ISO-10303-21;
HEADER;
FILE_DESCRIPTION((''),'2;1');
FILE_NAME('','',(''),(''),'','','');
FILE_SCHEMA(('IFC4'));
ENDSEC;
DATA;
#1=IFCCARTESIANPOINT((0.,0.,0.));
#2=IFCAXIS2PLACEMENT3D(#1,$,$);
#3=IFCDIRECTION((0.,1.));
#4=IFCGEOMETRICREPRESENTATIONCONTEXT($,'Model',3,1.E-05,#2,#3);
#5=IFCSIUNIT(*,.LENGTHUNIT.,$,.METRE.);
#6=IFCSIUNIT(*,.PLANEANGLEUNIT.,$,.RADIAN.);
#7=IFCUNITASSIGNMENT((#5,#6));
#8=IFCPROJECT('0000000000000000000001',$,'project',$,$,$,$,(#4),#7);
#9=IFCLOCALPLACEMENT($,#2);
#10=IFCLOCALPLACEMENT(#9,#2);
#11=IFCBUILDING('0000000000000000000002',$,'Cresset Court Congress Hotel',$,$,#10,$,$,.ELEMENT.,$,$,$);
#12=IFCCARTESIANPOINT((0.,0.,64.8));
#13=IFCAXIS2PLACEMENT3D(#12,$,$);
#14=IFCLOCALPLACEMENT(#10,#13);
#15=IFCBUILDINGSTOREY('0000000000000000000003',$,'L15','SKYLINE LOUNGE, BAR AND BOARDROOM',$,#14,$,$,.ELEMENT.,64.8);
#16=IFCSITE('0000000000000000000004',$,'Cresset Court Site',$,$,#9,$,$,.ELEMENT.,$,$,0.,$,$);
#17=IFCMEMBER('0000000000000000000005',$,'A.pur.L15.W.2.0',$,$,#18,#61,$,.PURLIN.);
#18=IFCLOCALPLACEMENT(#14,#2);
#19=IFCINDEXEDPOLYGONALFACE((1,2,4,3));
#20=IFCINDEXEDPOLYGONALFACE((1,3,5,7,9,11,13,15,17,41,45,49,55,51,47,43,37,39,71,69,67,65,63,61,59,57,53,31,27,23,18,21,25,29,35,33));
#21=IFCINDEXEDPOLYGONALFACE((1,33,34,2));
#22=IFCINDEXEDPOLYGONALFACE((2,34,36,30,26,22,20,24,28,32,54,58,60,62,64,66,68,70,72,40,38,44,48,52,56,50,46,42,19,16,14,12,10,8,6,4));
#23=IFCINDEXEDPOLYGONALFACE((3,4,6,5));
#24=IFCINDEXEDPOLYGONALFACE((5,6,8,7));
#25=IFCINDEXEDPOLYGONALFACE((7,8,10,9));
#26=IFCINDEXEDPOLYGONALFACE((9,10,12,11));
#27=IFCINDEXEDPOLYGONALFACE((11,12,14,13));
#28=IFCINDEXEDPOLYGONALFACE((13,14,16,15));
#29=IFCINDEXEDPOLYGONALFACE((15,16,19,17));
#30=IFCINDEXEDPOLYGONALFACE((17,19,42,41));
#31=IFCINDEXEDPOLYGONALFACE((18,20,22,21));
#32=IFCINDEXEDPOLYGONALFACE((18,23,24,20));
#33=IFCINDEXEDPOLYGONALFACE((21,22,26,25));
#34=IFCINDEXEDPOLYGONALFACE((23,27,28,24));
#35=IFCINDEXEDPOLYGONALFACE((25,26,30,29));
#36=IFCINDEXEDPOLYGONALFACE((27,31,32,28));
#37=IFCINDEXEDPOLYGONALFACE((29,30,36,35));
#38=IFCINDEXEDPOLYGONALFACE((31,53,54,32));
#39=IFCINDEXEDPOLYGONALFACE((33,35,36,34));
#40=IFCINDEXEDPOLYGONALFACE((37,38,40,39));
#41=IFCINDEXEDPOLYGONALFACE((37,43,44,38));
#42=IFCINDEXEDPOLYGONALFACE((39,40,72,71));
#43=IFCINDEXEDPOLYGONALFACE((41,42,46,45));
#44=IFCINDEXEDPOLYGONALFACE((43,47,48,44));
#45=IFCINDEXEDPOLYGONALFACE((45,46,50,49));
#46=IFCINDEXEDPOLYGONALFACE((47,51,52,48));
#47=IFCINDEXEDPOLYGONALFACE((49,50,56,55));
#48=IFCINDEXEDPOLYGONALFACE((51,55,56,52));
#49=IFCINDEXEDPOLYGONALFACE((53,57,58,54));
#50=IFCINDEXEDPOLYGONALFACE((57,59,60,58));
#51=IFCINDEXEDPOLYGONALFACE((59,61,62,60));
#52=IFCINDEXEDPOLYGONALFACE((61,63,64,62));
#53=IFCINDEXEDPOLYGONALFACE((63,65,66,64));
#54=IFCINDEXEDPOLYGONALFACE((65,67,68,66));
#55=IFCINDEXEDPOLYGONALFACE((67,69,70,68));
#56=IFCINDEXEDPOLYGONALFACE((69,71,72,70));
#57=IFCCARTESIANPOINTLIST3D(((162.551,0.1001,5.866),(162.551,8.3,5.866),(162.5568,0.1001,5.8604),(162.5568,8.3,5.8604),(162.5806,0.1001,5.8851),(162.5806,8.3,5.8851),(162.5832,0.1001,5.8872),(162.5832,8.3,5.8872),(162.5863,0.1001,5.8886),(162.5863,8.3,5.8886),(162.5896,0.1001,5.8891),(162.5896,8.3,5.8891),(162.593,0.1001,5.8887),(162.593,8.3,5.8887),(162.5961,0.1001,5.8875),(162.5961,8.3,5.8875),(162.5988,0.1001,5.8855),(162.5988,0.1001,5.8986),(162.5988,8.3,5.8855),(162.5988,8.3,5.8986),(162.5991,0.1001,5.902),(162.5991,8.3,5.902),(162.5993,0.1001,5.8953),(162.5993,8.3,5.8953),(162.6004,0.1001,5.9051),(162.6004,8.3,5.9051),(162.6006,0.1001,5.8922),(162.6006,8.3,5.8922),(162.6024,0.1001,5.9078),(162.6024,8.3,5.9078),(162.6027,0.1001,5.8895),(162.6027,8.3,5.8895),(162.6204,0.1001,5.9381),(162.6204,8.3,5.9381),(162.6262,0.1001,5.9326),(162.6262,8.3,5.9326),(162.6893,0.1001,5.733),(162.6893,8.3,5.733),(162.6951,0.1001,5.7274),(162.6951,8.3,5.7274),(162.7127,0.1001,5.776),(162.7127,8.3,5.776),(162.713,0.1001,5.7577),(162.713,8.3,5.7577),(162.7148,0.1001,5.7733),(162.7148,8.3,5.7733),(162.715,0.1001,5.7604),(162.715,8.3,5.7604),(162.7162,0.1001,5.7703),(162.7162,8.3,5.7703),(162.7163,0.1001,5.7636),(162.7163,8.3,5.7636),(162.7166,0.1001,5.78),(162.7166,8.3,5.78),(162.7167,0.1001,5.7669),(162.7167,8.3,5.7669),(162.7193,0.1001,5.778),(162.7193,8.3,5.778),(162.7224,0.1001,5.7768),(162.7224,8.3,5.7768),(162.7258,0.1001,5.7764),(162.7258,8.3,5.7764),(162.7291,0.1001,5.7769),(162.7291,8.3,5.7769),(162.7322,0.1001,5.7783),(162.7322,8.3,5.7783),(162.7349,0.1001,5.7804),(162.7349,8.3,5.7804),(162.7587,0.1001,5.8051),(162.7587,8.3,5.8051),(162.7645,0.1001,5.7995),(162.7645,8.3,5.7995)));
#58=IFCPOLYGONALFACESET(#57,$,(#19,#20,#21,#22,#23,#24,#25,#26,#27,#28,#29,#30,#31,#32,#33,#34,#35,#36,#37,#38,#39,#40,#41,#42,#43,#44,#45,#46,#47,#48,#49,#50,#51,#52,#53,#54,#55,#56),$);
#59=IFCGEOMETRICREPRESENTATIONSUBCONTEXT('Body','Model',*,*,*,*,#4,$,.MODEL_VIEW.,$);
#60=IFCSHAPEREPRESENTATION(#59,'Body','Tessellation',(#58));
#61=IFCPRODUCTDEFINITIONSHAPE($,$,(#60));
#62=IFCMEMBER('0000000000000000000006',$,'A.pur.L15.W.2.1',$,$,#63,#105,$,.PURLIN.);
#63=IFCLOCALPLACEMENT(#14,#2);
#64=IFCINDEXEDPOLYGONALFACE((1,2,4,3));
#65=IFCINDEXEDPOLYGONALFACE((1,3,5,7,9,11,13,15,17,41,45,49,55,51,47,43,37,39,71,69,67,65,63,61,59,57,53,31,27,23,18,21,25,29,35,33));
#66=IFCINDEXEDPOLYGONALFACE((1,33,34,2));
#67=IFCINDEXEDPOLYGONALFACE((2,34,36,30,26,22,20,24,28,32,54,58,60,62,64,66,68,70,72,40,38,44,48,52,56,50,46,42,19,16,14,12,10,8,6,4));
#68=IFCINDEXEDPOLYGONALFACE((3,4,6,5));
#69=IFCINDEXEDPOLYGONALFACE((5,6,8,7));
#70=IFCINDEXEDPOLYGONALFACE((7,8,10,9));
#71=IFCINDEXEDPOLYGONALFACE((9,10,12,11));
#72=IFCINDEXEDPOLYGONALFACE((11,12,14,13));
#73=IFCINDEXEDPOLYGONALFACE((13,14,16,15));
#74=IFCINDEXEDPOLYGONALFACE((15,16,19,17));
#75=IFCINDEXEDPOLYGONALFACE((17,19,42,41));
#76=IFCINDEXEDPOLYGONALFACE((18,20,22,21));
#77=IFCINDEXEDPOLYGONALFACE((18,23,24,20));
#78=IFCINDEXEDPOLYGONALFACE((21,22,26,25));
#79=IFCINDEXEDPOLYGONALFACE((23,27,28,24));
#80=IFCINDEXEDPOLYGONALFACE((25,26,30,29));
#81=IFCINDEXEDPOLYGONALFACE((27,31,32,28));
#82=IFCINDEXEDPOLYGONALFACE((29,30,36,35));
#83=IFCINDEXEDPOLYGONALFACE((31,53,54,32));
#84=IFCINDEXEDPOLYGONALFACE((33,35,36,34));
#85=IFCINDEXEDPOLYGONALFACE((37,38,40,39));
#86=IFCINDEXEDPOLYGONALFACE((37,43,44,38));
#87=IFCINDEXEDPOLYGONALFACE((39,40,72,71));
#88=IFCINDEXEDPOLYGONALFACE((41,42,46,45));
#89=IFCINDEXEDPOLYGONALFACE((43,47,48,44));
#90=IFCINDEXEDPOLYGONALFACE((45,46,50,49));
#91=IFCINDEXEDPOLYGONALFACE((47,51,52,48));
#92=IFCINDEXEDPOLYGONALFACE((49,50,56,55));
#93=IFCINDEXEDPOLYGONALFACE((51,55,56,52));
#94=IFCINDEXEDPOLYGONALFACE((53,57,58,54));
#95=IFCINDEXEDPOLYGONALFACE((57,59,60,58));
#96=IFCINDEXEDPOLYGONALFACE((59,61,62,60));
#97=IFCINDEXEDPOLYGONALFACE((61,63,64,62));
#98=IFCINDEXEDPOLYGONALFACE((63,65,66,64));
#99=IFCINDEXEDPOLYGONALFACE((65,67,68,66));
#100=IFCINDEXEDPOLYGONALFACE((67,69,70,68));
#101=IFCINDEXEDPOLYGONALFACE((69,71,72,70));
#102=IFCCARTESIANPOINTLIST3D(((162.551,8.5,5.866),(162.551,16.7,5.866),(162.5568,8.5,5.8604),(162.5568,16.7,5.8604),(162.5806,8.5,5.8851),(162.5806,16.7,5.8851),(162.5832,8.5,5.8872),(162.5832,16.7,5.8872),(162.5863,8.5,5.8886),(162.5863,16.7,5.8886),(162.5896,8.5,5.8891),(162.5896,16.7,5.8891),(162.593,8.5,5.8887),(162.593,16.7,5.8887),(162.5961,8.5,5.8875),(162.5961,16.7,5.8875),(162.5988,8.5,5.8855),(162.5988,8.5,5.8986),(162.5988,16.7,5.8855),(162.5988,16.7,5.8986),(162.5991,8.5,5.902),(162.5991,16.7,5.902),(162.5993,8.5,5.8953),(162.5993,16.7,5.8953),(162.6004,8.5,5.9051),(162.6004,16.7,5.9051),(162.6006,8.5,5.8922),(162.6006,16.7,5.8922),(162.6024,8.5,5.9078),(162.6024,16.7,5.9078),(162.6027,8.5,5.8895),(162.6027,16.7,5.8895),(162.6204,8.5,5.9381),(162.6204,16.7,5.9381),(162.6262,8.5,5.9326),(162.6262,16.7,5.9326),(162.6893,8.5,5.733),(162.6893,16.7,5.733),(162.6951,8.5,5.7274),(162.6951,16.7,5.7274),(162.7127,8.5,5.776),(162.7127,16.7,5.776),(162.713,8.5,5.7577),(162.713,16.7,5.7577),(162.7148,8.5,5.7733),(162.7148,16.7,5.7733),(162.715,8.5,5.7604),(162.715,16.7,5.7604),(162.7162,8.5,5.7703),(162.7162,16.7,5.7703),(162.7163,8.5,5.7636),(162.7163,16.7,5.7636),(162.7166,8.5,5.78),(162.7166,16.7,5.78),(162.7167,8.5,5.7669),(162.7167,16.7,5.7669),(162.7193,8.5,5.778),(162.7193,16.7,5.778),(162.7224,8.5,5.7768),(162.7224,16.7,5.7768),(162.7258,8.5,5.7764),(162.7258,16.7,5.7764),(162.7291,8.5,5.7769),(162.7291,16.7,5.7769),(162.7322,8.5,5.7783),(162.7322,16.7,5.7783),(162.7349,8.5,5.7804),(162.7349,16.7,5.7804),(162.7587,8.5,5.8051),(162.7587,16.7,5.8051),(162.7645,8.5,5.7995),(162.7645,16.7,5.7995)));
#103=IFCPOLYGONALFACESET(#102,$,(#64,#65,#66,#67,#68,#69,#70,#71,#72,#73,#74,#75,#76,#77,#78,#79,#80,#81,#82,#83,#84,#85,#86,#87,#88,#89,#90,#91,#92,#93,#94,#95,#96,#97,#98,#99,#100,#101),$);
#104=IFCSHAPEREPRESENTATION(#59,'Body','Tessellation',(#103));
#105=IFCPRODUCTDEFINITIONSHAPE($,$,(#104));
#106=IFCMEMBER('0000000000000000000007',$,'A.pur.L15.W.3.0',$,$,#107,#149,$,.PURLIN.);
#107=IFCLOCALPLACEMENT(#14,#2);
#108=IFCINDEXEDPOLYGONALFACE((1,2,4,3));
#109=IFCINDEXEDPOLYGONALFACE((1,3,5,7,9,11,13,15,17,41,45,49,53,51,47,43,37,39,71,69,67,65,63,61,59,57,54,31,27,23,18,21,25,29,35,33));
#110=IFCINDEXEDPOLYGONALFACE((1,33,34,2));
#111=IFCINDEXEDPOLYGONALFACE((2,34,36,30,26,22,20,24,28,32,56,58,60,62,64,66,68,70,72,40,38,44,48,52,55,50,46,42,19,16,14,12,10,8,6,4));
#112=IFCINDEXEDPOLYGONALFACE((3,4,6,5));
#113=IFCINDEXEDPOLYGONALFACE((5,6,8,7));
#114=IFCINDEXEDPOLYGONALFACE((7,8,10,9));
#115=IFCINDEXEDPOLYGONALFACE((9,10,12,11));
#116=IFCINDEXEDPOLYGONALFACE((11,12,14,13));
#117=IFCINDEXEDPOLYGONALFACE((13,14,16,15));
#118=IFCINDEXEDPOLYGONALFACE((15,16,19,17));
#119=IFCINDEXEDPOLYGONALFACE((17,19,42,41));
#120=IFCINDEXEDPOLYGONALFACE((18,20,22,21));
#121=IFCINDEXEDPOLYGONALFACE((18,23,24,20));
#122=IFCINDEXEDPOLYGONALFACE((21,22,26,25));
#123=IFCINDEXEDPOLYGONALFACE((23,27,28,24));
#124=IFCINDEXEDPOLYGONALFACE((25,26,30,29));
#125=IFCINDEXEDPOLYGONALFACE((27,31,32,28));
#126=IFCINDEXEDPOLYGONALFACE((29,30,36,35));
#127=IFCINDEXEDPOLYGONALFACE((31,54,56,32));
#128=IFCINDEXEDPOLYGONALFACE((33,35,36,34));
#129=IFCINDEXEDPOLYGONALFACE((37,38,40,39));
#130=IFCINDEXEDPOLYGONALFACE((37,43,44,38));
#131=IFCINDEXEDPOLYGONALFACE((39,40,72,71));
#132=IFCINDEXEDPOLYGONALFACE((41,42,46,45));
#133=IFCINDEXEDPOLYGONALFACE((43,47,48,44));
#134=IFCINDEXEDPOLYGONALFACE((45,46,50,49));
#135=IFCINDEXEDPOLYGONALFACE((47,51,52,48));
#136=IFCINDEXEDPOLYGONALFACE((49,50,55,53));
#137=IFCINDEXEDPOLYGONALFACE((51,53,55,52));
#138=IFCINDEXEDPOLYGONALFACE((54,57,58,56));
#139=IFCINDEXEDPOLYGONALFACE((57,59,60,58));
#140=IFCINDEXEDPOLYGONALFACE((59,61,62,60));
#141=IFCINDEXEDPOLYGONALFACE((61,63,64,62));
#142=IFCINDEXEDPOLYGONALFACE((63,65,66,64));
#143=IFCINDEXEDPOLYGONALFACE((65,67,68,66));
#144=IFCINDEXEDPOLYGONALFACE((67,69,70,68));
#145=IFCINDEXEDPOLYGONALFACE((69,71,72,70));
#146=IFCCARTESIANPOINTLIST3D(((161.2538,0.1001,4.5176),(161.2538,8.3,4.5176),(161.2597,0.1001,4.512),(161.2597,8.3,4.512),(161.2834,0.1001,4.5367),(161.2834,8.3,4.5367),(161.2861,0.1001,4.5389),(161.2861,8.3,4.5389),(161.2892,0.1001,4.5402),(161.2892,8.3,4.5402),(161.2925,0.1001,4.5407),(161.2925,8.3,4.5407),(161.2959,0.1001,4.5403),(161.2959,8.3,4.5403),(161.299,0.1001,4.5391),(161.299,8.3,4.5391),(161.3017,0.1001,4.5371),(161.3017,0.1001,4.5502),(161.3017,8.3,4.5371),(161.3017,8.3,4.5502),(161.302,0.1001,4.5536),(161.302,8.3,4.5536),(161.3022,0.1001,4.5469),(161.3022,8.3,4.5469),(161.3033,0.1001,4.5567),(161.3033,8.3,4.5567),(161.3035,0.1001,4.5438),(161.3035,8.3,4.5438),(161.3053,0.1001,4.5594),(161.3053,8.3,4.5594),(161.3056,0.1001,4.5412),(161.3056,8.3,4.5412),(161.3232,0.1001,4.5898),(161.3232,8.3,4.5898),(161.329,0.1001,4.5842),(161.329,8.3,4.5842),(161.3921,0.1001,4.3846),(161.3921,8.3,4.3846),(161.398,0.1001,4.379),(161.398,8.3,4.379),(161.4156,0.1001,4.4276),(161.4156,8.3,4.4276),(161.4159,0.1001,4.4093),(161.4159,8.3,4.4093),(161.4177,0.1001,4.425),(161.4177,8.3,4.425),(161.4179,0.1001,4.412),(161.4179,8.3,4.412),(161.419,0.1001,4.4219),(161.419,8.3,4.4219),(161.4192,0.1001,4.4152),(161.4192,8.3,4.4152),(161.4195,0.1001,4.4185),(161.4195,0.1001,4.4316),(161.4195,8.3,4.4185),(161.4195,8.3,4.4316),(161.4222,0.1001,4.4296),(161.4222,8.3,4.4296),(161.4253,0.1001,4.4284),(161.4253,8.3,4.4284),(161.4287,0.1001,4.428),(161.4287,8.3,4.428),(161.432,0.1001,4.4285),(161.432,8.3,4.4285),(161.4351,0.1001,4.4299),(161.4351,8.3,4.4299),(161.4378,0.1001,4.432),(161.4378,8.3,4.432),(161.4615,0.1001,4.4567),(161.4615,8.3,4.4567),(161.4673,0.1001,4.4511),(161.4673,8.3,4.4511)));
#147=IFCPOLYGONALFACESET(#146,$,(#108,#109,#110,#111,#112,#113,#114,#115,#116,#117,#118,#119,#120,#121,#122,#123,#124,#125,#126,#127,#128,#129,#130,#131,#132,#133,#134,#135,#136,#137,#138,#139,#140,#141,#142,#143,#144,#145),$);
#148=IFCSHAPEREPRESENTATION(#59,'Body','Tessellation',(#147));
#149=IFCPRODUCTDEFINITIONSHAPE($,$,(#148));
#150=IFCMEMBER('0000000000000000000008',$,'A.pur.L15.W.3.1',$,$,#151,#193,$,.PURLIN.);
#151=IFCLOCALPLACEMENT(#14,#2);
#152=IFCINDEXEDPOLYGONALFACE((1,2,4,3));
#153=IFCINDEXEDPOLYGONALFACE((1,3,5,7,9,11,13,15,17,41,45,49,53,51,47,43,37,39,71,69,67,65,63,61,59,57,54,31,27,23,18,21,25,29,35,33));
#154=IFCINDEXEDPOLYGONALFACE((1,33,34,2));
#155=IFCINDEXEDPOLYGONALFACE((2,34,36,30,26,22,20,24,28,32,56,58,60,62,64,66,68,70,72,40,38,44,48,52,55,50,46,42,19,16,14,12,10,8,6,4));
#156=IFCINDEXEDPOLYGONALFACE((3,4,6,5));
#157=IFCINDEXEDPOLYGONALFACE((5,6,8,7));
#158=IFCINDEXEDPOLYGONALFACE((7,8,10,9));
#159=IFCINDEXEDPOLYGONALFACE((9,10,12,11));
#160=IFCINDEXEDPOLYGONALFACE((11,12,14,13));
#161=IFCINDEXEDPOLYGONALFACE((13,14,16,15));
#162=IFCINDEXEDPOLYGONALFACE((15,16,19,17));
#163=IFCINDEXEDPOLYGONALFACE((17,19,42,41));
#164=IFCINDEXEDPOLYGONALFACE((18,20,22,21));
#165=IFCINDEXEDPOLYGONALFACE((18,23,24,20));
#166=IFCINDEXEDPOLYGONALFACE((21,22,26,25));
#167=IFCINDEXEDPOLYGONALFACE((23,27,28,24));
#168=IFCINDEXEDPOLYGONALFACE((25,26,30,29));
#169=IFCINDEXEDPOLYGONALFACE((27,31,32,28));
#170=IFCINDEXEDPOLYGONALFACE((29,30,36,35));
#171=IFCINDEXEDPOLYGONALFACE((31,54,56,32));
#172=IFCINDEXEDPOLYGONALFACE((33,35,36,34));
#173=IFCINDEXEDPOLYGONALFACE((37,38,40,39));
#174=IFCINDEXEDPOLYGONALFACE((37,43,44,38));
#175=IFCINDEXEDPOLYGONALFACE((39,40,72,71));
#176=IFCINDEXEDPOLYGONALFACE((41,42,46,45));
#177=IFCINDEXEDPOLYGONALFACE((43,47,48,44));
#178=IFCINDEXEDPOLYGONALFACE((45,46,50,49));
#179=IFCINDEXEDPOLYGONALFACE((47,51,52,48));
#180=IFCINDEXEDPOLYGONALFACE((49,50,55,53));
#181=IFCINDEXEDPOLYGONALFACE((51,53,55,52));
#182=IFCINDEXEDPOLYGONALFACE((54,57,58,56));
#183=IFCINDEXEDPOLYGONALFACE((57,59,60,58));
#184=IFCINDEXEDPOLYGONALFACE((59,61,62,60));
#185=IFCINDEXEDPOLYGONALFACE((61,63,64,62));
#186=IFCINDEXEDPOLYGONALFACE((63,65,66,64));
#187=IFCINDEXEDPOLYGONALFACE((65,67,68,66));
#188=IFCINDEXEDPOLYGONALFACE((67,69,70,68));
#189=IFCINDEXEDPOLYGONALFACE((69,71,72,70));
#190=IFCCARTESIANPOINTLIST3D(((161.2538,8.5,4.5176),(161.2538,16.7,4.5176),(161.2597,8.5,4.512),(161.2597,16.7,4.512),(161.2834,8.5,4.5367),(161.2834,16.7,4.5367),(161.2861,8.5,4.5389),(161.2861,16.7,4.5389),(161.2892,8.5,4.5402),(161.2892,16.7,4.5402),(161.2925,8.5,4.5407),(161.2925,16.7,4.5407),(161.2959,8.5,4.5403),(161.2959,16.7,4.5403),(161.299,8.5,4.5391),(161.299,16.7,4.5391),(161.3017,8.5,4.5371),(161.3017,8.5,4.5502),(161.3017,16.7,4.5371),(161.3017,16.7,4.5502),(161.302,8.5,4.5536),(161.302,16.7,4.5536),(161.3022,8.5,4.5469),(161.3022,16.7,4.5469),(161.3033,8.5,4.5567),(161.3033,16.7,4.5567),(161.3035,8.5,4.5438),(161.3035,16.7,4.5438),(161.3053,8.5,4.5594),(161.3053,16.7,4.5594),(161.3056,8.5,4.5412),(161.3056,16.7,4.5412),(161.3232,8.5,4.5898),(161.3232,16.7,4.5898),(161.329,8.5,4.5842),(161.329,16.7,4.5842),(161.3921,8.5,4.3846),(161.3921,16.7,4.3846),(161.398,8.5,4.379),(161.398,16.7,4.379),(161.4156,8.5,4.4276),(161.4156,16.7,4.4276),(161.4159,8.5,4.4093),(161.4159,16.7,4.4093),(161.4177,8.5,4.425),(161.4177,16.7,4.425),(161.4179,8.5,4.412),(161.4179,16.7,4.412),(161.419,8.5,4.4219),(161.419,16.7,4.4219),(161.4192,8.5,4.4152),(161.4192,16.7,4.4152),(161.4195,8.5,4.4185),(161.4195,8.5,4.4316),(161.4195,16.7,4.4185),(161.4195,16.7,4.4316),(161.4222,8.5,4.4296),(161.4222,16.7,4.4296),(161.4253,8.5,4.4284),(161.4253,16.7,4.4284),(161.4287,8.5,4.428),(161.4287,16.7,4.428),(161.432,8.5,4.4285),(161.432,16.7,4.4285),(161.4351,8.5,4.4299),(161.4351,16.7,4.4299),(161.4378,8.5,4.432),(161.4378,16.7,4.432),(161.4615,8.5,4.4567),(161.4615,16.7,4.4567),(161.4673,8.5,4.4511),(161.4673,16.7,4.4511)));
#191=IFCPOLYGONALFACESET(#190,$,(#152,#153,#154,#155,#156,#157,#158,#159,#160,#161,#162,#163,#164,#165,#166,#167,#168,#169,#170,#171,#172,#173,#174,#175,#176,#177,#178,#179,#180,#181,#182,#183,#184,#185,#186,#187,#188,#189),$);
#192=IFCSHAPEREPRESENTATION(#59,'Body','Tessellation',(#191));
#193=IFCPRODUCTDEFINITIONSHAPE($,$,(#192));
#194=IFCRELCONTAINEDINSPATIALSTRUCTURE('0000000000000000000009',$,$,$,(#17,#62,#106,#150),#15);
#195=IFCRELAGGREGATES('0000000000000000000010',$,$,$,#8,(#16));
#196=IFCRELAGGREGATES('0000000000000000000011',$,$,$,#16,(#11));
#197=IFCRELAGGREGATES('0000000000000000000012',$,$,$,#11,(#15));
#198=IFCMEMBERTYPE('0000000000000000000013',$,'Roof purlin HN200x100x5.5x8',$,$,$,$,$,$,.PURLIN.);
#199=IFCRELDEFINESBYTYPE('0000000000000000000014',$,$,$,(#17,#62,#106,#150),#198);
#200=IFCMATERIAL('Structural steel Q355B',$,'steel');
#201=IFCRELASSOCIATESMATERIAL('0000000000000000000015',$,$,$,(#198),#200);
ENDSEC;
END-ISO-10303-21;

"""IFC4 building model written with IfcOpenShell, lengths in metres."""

from ifc_helpers import new_model, si_unit, direction, frame, origin, origin_2d, place, context, subcontext, project, spatial, i_section, extrude, material, material_profile, profile_set, type_object, element, save


model = new_model("IFC4")

# Units and contexts
model_context = context("Model", 3, precision=1e-05, world=origin(), true_north=direction((0.0, 1.0)))
body_context = subcontext(model_context, "Body", "Model", "MODEL_VIEW")
ifc_project = project(units=[si_unit("LENGTHUNIT", "METRE"), si_unit("PLANEANGLEUNIT", "RADIAN")], contexts=[model_context])

# Site, building, storey
site_placement = place(None, origin())
site = spatial("IfcSite", under=ifc_project, at=site_placement, Name="Cresset Court Site", CompositionType="ELEMENT", RefElevation=0.0)
building_placement = place(site_placement, origin())
building = spatial("IfcBuilding", under=site, at=building_placement, Name="Cresset Court Congress Hotel", CompositionType="ELEMENT")
storey_placement = place(building_placement, frame((0.0, 0.0, 64.8)))
storey = spatial("IfcBuildingStorey", under=building, at=storey_placement, Name="L15", Description="SKYLINE LOUNGE, BAR AND BOARDROOM", CompositionType="ELEMENT", Elevation=64.8)

# Members
ifc_material_1 = material(Name="Structural steel Q355B", Category="steel")
ifc_material_profile_1 = material_profile(ifc_material_1, i_section(OverallWidth=0.1001, OverallDepth=0.2, WebThickness=0.0056, FlangeThickness=0.0081, FilletRadius=0.0129, at=origin_2d()), Name="HN200x100x5.5x8")
ifc_profile_set_1 = profile_set([ifc_material_profile_1], Name="Structural steel Q355B")
member_type_1 = type_object("IfcMemberType", Name="Roof purlin HN200x100x5.5x8", PredefinedType="PURLIN", material=ifc_profile_set_1)
for number, where, z_axis, x_axis, name in (
    (1, (162.6577, 0.1001, 5.8328), (0.0, 1.0, 0.0), (-0.693246, 0.0, -0.720701), "A.pur.L15.W.2.0"),
    (2, (162.6577, 8.5, 5.8328), (0.0, 1.0, 0.0), (-0.693246, 0.0, -0.720701), "A.pur.L15.W.2.1"),
    (3, (161.3606, 0.1001, 4.4844), (0.0, 1.0, 0.0), (-0.693246, 0.0, -0.720701), "A.pur.L15.W.3.0"),
    (4, (161.3606, 8.5, 4.4844), (0.0, 1.0, 0.0), (-0.693246, 0.0, -0.720701), "A.pur.L15.W.3.1"),
):
    element("IfcMember", number, at=place(storey_placement, frame(where, z_axis=z_axis, x_axis=x_axis)), inside=storey, type_object=member_type_1, Name=name, PredefinedType="PURLIN", context=body_context, shape_type="SweptSolid", body=[
        extrude(i_section(OverallWidth=0.1001, OverallDepth=0.2, WebThickness=0.0056, FlangeThickness=0.0081, FilletRadius=0.0129, at=origin_2d()), origin(), (0.0, 0.0, 1.0), 8.2),
    ])

save(model, "model.ifc")
